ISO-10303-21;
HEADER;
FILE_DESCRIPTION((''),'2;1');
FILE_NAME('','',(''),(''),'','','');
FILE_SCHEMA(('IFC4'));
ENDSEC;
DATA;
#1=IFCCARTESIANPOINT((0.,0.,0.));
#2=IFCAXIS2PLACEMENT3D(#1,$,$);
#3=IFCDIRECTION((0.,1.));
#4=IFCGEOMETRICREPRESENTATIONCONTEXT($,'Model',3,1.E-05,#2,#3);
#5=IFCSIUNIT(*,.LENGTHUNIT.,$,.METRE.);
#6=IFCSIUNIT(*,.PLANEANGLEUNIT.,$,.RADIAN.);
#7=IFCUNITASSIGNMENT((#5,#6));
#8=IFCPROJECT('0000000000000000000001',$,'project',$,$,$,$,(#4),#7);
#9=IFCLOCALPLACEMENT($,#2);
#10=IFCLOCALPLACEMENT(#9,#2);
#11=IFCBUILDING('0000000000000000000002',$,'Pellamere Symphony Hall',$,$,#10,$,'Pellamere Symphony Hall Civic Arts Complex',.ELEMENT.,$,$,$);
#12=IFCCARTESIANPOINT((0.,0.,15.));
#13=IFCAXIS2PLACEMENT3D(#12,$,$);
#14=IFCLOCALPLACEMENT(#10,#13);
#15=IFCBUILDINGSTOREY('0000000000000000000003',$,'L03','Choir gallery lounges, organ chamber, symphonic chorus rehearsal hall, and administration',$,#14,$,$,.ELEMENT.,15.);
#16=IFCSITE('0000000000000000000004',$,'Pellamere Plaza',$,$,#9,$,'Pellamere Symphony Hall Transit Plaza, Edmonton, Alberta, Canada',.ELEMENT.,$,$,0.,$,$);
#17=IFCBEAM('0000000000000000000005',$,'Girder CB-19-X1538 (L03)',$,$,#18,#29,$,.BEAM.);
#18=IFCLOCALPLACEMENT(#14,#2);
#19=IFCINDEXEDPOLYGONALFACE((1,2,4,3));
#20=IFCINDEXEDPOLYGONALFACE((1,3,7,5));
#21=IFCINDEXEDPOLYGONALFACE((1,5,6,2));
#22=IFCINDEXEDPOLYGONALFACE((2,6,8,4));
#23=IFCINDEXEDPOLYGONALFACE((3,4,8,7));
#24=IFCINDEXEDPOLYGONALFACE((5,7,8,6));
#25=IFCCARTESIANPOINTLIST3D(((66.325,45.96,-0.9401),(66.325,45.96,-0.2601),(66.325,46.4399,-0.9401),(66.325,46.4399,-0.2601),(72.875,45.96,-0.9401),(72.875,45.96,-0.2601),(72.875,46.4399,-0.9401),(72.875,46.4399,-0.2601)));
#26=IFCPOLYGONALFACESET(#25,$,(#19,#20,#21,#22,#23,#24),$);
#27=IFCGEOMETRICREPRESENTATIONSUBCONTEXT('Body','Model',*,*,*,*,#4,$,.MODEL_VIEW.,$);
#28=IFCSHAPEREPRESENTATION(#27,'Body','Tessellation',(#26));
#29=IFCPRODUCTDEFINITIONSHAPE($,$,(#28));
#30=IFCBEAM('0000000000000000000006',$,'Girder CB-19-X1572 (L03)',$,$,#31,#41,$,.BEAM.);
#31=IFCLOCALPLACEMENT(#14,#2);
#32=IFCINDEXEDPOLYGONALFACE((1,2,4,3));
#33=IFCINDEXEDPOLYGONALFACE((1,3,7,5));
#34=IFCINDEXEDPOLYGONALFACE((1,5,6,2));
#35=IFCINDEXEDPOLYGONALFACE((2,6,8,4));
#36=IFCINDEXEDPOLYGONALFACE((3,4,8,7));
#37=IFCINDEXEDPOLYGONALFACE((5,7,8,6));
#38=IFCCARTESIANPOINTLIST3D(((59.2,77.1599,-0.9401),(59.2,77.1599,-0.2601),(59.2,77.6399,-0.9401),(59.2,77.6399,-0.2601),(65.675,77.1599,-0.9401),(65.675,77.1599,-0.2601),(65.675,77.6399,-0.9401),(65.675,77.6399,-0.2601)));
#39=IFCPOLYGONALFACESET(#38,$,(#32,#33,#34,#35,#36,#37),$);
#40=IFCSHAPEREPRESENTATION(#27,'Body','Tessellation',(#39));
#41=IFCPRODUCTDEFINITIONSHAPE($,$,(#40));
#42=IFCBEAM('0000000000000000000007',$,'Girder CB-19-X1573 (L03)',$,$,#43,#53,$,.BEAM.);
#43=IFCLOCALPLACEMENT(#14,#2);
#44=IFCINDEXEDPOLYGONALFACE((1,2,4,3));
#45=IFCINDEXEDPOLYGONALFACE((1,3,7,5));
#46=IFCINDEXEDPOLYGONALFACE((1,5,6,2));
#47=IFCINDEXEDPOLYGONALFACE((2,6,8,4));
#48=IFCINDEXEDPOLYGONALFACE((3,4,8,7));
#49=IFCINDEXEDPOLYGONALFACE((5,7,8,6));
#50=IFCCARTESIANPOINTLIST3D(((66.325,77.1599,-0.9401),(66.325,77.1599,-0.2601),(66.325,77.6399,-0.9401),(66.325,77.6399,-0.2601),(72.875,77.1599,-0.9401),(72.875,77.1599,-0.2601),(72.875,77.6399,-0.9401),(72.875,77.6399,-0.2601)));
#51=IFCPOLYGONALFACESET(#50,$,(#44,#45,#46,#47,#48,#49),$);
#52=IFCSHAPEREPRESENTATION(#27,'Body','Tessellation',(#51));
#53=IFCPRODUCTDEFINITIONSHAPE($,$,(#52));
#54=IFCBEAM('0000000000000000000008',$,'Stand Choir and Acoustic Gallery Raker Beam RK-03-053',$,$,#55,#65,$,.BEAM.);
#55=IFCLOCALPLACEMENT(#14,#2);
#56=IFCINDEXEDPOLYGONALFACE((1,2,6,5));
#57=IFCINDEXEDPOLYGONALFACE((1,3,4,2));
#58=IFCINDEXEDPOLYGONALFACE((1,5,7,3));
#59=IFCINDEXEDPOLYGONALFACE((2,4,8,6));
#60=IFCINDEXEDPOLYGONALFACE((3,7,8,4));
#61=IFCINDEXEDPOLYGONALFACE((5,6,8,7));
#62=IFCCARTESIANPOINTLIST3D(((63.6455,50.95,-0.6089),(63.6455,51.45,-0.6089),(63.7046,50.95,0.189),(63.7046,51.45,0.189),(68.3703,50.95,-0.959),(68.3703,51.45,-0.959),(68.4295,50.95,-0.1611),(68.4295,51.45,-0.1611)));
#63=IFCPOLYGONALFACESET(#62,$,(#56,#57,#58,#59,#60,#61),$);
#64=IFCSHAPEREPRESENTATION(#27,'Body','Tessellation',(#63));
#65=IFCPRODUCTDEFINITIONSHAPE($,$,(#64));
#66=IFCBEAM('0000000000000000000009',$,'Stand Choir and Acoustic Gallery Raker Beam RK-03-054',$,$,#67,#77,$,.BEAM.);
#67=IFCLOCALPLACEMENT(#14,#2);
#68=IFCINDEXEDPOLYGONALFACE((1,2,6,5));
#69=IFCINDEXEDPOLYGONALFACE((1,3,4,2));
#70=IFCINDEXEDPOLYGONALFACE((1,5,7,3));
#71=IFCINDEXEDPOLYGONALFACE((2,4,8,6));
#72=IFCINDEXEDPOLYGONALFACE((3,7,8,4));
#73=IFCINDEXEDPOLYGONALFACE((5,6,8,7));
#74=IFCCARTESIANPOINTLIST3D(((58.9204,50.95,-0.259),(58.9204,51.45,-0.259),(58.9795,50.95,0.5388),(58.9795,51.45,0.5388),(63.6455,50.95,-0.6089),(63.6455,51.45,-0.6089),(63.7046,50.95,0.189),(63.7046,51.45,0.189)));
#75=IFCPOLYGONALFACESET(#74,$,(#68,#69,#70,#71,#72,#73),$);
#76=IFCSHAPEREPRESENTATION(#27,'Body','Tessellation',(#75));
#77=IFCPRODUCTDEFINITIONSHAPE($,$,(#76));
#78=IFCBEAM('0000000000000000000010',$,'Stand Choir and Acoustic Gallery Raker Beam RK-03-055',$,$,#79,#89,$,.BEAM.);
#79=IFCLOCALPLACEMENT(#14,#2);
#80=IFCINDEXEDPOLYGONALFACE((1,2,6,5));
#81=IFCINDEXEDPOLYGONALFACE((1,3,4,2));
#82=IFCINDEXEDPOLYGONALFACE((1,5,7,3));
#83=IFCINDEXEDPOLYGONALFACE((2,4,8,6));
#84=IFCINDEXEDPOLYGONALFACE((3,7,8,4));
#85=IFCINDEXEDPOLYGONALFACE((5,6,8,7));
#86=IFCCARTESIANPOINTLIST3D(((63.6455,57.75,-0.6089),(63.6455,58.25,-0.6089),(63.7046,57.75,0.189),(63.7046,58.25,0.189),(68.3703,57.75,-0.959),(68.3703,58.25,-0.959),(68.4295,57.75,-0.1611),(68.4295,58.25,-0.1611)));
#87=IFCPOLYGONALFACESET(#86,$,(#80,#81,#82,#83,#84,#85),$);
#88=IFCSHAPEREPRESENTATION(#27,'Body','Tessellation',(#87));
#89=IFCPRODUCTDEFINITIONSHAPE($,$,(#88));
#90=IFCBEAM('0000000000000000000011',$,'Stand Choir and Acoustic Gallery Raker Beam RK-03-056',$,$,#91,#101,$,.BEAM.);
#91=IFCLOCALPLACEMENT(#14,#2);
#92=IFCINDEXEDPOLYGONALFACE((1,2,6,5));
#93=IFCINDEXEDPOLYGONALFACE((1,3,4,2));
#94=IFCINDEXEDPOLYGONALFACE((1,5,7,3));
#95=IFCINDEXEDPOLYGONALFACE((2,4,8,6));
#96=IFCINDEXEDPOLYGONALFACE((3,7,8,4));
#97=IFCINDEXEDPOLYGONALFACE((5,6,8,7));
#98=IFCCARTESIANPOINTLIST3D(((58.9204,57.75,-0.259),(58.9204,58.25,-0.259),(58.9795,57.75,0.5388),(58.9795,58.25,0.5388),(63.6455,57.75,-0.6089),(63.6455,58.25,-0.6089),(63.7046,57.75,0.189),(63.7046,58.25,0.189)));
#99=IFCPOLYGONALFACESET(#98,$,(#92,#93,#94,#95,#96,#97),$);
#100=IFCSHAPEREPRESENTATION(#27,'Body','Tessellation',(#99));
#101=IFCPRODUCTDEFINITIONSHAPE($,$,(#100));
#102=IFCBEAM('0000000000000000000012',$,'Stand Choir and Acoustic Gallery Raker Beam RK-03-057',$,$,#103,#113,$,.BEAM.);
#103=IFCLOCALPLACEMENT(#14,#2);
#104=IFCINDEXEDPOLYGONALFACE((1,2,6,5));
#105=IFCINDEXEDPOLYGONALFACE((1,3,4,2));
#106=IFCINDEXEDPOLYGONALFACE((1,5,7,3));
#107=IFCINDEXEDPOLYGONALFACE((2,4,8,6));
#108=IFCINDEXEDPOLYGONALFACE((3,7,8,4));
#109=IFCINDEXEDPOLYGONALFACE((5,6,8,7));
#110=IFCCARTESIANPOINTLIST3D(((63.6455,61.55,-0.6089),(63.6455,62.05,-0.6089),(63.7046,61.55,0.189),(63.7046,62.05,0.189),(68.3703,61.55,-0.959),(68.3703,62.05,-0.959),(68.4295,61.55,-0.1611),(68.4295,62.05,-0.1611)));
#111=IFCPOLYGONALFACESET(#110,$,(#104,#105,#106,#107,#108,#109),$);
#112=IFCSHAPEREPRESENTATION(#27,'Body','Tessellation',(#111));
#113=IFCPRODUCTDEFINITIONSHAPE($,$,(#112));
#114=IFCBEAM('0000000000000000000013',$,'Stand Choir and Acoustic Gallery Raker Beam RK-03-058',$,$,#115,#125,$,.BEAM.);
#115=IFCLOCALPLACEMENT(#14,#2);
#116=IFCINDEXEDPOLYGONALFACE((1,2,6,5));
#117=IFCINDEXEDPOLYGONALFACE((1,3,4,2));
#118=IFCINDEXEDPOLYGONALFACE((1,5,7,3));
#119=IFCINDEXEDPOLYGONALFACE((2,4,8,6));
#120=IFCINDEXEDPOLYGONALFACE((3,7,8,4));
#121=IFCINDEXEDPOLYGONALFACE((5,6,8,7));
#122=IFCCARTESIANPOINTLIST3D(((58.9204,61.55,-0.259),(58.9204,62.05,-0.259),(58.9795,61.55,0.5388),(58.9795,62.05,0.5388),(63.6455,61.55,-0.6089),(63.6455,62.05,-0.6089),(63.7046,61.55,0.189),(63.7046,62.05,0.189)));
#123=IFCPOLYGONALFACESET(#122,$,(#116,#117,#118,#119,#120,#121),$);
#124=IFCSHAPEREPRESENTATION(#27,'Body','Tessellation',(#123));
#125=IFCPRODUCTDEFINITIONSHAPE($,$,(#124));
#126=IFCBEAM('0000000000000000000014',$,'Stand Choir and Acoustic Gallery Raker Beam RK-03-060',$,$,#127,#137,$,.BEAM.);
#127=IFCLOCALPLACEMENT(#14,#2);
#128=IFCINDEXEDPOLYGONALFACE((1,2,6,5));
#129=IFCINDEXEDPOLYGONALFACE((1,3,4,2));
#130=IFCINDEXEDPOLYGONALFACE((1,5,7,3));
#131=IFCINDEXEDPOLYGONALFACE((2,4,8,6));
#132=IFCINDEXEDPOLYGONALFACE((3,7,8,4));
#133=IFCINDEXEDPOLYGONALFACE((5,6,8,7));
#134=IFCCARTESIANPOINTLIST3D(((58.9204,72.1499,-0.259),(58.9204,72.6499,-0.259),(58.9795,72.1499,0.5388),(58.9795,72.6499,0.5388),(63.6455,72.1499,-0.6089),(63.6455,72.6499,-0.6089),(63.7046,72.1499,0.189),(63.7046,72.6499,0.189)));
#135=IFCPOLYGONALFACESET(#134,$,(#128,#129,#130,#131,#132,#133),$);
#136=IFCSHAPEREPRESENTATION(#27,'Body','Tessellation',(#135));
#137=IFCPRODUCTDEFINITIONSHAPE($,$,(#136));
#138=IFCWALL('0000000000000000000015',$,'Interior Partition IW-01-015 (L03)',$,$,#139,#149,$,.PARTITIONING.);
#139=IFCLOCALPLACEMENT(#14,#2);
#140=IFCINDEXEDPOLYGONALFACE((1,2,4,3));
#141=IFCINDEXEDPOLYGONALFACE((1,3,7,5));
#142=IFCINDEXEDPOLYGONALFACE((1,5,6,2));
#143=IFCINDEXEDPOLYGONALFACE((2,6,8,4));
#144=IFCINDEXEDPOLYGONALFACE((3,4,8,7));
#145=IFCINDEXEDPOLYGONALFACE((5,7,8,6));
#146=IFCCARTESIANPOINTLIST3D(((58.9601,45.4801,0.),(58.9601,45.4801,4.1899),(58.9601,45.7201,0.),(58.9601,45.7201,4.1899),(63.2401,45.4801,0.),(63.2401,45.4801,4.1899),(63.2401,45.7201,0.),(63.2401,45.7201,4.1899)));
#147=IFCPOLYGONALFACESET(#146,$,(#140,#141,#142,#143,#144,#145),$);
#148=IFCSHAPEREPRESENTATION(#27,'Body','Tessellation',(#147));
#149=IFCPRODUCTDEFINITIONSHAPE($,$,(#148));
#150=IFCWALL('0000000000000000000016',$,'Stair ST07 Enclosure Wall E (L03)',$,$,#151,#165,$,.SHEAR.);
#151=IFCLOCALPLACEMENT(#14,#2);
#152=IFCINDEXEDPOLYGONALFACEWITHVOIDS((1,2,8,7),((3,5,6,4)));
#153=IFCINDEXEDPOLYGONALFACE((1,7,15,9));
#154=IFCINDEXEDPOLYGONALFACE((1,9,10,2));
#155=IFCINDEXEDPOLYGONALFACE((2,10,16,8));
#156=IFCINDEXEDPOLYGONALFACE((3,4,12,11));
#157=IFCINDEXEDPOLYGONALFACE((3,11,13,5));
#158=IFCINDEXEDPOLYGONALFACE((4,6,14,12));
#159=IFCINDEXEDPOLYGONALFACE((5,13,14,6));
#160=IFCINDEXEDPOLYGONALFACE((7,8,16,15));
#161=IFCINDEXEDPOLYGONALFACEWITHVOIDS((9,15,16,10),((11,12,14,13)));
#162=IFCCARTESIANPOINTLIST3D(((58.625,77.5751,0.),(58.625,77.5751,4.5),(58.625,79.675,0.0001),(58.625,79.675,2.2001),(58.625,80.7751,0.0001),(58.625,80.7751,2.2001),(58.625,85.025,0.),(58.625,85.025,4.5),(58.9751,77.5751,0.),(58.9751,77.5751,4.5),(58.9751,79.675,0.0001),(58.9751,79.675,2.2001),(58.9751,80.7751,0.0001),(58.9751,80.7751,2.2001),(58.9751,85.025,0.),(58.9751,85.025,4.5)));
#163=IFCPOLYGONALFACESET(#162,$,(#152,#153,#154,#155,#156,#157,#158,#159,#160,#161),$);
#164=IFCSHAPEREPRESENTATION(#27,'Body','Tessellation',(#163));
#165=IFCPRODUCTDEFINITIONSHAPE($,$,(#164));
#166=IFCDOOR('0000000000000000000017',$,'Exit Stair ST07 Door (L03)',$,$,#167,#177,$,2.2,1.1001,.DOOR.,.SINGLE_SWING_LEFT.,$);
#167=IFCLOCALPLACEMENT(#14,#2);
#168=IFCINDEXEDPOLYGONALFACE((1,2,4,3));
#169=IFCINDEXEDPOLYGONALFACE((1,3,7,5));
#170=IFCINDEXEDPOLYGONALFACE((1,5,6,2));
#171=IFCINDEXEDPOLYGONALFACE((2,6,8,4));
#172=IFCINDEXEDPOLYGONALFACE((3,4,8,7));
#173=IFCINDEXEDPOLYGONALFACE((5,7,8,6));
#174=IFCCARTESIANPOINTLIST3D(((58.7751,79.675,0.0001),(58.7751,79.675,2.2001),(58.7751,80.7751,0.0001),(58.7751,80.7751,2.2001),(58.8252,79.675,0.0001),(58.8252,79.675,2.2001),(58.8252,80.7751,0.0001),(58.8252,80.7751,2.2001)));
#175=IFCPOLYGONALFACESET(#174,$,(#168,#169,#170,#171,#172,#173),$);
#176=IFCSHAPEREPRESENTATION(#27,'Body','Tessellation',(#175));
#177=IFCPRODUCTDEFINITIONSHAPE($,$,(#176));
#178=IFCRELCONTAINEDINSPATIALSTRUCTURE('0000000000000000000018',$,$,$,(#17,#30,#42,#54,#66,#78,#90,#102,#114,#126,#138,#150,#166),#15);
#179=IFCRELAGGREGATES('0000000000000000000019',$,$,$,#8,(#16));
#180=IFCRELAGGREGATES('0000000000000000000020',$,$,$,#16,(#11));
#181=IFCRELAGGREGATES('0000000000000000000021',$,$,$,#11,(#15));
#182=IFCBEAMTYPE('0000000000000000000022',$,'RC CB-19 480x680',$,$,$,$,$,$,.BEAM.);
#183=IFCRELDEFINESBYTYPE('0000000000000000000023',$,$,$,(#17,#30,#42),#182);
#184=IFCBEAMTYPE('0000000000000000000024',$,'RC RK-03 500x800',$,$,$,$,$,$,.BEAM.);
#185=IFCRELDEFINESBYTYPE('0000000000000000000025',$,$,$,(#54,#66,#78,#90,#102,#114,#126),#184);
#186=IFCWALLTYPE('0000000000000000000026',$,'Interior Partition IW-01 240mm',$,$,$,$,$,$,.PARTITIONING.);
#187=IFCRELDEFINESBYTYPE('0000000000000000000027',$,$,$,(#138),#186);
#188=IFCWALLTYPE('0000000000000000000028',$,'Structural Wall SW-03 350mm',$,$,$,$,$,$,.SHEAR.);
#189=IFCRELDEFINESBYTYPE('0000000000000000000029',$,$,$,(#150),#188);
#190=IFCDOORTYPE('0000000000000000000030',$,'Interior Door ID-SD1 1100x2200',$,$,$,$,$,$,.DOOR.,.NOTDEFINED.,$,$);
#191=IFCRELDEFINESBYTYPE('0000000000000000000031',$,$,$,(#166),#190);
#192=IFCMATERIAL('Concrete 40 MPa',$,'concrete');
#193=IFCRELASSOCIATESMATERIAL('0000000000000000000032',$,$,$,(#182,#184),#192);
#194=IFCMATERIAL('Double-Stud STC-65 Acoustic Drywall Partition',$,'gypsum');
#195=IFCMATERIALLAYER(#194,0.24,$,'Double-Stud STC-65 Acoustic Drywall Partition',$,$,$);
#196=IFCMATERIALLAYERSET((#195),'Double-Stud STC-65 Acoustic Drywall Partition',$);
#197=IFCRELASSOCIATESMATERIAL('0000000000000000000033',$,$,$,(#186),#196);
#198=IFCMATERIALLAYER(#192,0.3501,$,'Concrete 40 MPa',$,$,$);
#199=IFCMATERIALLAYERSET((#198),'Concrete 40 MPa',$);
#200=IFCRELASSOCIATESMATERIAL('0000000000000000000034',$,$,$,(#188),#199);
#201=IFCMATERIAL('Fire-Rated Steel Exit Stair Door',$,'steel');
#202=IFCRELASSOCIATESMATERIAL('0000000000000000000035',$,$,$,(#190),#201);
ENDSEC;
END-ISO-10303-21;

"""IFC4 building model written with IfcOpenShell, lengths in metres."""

from ifc_helpers import new_model, si_unit, direction, frame, frame_2d, origin, origin_2d, place, context, subcontext, project, spatial, rectangle, extrude, material, layer, layer_set, material_profile, profile_set, type_object, element, fill, save


model = new_model("IFC4")

# Units and contexts
model_context = context("Model", 3, precision=1e-05, world=origin(), true_north=direction((0.0, 1.0)))
body_context = subcontext(model_context, "Body", "Model", "MODEL_VIEW")
ifc_project = project(units=[si_unit("LENGTHUNIT", "METRE"), si_unit("PLANEANGLEUNIT", "RADIAN")], contexts=[model_context])

# Site, building, storey
site_placement = place(None, origin())
site = spatial("IfcSite", under=ifc_project, at=site_placement, Name="Pellamere Plaza", LongName="Pellamere Symphony Hall Transit Plaza, Edmonton, Alberta, Canada", CompositionType="ELEMENT", RefElevation=0.0)
building_placement = place(site_placement, origin())
building = spatial("IfcBuilding", under=site, at=building_placement, Name="Pellamere Symphony Hall", LongName="Pellamere Symphony Hall Civic Arts Complex", CompositionType="ELEMENT")
storey_placement = place(building_placement, frame((0.0, 0.0, 15.0)))
storey = spatial("IfcBuildingStorey", under=building, at=storey_placement, Name="L03", Description="Choir gallery lounges, organ chamber, symphonic chorus rehearsal hall, and administration", CompositionType="ELEMENT", Elevation=15.0)

# Shared definitions
ifc_material_1 = material(Name="Concrete 40 MPa", Category="concrete")

# Beams
ifc_material_profile_1 = material_profile(ifc_material_1, rectangle(XDim=0.48, YDim=0.6799, at=origin_2d()), Name="RC 480x680")
ifc_profile_set_1 = profile_set([ifc_material_profile_1], Name="Concrete 40 MPa")
beam_type_1 = type_object("IfcBeamType", Name="RC CB-19 480x680", PredefinedType="BEAM", material=ifc_profile_set_1)
beam_1_placement = place(storey_placement, frame((66.325, 46.2, -0.6001), z_axis=(1.0, 0.0, 0.0), x_axis=(0.0, 1.0, 0.0)))
element("IfcBeam", 1, at=beam_1_placement, inside=storey, type_object=beam_type_1, Name="Girder CB-19-X1538 (L03)", PredefinedType="BEAM", context=body_context, shape_type="SweptSolid", body=[
    extrude(rectangle(XDim=0.48, YDim=0.6799, at=origin_2d()), origin(), (0.0, 0.0, 1.0), 6.55),
])
beam_2_placement = place(storey_placement, frame((59.2, 77.3999, -0.6001), z_axis=(1.0, 0.0, 0.0), x_axis=(0.0, 1.0, 0.0)))
element("IfcBeam", 2, at=beam_2_placement, inside=storey, type_object=beam_type_1, Name="Girder CB-19-X1572 (L03)", PredefinedType="BEAM", context=body_context, shape_type="SweptSolid", body=[
    extrude(rectangle(XDim=0.48, YDim=0.6799, at=origin_2d()), origin(), (0.0, 0.0, 1.0), 6.4751),
])
beam_3_placement = place(storey_placement, frame((66.325, 77.3999, -0.6001), z_axis=(1.0, 0.0, 0.0), x_axis=(0.0, 1.0, 0.0)))
element("IfcBeam", 3, at=beam_3_placement, inside=storey, type_object=beam_type_1, Name="Girder CB-19-X1573 (L03)", PredefinedType="BEAM", context=body_context, shape_type="SweptSolid", body=[
    extrude(rectangle(XDim=0.48, YDim=0.6799, at=origin_2d()), origin(), (0.0, 0.0, 1.0), 6.55),
])
ifc_material_profile_2 = material_profile(ifc_material_1, rectangle(XDim=0.5, YDim=0.8, at=origin_2d()), Name="RC 500x800")
ifc_profile_set_2 = profile_set([ifc_material_profile_2], Name="Concrete 40 MPa")
beam_type_2 = type_object("IfcBeamType", Name="RC RK-03 500x800", PredefinedType="BEAM", material=ifc_profile_set_2)
beam_4_placement = place(storey_placement, frame((68.3999, 51.2, -0.5601), z_axis=(-0.997266, 0.0, 0.073894), x_axis=(0.0, -1.0, 0.0)))
element("IfcBeam", 4, at=beam_4_placement, inside=storey, type_object=beam_type_2, Name="Stand Choir and Acoustic Gallery Raker Beam RK-03-053", PredefinedType="BEAM", context=body_context, shape_type="SweptSolid", body=[
    extrude(rectangle(XDim=0.5, YDim=0.8, at=origin_2d()), origin(), (0.0, 0.0, 1.0), 4.7378),
])
beam_5_placement = place(storey_placement, frame((63.675, 51.2, -0.21), z_axis=(-0.99727, 0.0, 0.073839), x_axis=(0.0, -1.0, 0.0)))
element("IfcBeam", 5, at=beam_5_placement, inside=storey, type_object=beam_type_2, Name="Stand Choir and Acoustic Gallery Raker Beam RK-03-054", PredefinedType="BEAM", context=body_context, shape_type="SweptSolid", body=[
    extrude(rectangle(XDim=0.5, YDim=0.8, at=origin_2d()), origin(), (0.0, 0.0, 1.0), 4.738),
])
beam_6_placement = place(storey_placement, frame((68.3999, 58.0, -0.5601), z_axis=(-0.997266, 0.0, 0.073894), x_axis=(0.0, -1.0, 0.0)))
element("IfcBeam", 6, at=beam_6_placement, inside=storey, type_object=beam_type_2, Name="Stand Choir and Acoustic Gallery Raker Beam RK-03-055", PredefinedType="BEAM", context=body_context, shape_type="SweptSolid", body=[
    extrude(rectangle(XDim=0.5, YDim=0.8, at=origin_2d()), origin(), (0.0, 0.0, 1.0), 4.7378),
])
beam_7_placement = place(storey_placement, frame((63.675, 58.0, -0.21), z_axis=(-0.99727, 0.0, 0.073839), x_axis=(0.0, -1.0, 0.0)))
element("IfcBeam", 7, at=beam_7_placement, inside=storey, type_object=beam_type_2, Name="Stand Choir and Acoustic Gallery Raker Beam RK-03-056", PredefinedType="BEAM", context=body_context, shape_type="SweptSolid", body=[
    extrude(rectangle(XDim=0.5, YDim=0.8, at=origin_2d()), origin(), (0.0, 0.0, 1.0), 4.738),
])
beam_8_placement = place(storey_placement, frame((68.3999, 61.8, -0.5601), z_axis=(-0.997266, 0.0, 0.073894), x_axis=(0.0, -1.0, 0.0)))
element("IfcBeam", 8, at=beam_8_placement, inside=storey, type_object=beam_type_2, Name="Stand Choir and Acoustic Gallery Raker Beam RK-03-057", PredefinedType="BEAM", context=body_context, shape_type="SweptSolid", body=[
    extrude(rectangle(XDim=0.5, YDim=0.8, at=origin_2d()), origin(), (0.0, 0.0, 1.0), 4.7378),
])
for number, where, z_axis, x_axis, name in (
    (9, (63.675, 61.8, -0.21), (-0.99727, 0.0, 0.073839), (0.0, -1.0, 0.0), "Stand Choir and Acoustic Gallery Raker Beam RK-03-058"),
    (10, (63.675, 72.3999, -0.21), (-0.99727, 0.0, 0.073839), (0.0, -1.0, 0.0), "Stand Choir and Acoustic Gallery Raker Beam RK-03-060"),
):
    element("IfcBeam", number, at=place(storey_placement, frame(where, z_axis=z_axis, x_axis=x_axis)), inside=storey, type_object=beam_type_2, Name=name, PredefinedType="BEAM", context=body_context, shape_type="SweptSolid", body=[
        extrude(rectangle(XDim=0.5, YDim=0.8, at=origin_2d()), origin(), (0.0, 0.0, 1.0), 4.738),
    ])

# Wall
ifc_material_2 = material(Name="Double-Stud STC-65 Acoustic Drywall Partition", Category="gypsum")
ifc_layer_1 = layer(ifc_material_2, 0.24, Name="Double-Stud STC-65 Acoustic Drywall Partition")
ifc_layer_set_1 = layer_set([ifc_layer_1], Name="Double-Stud STC-65 Acoustic Drywall Partition")
wall_type_1 = type_object("IfcWallType", Name="Interior Partition IW-01 240mm", PredefinedType="PARTITIONING", material=ifc_layer_set_1)
wall_1_placement = place(storey_placement, frame((58.96, 45.6001, 0.0), z_axis=(0.0, 0.0, 1.0), x_axis=(1.0, 0.0, 0.0)))
element("IfcWall", 11, at=wall_1_placement, inside=storey, type_object=wall_type_1, Name="Interior Partition IW-01-015 (L03)", PredefinedType="PARTITIONING", context=body_context, shape_type="SweptSolid", body=[
    extrude(rectangle(XDim=4.28, YDim=0.24, at=frame_2d((2.1401, 0.0))), origin(), (0.0, 0.0, 1.0), 4.1899),
])

# Wall, opening, door
ifc_layer_2 = layer(ifc_material_1, 0.3501, Name="Concrete 40 MPa")
ifc_layer_set_2 = layer_set([ifc_layer_2], Name="Concrete 40 MPa")
wall_type_2 = type_object("IfcWallType", Name="Structural Wall SW-03 350mm", PredefinedType="SHEAR", material=ifc_layer_set_2)
wall_2_placement = place(storey_placement, frame((58.8, 77.575, 0.0), z_axis=(0.0, 0.0, 1.0), x_axis=(0.0, 1.0, 0.0)))
wall_2 = element("IfcWall", 12, at=wall_2_placement, inside=storey, type_object=wall_type_2, Name="Stair ST07 Enclosure Wall E (L03)", PredefinedType="SHEAR", context=body_context, shape_type="SweptSolid", body=[
    extrude(rectangle(XDim=7.45, YDim=0.3501, at=frame_2d((3.7251, 0.0))), origin(), (0.0, 0.0, 1.0), 4.5),
])
opening_1_placement = place(wall_2_placement, frame((2.1001, 0.0, 0.0)))
opening_1 = element("IfcOpeningElement", 13, at=opening_1_placement, cuts=wall_2, PredefinedType="OPENING", context=body_context, shape_type="SweptSolid", body=[
    extrude(rectangle(XDim=1.1001, YDim=2.2, at=frame_2d((0.55, 1.1001))), frame((0.0, 0.1851, 0.0), z_axis=(0.0, -1.0, 0.0), x_axis=(1.0, 0.0, 0.0)), (0.0, 0.0, 1.0), 0.3701),
])
ifc_material_3 = material(Name="Fire-Rated Steel Exit Stair Door", Category="steel")
door_type_1 = type_object("IfcDoorType", Name="Interior Door ID-SD1 1100x2200", OperationType="NOTDEFINED", PredefinedType="DOOR", material=ifc_material_3)
door_1_placement = place(opening_1_placement, origin())
door_1 = element("IfcDoor", 14, at=door_1_placement, inside=storey, type_object=door_type_1, Name="Exit Stair ST07 Door (L03)", OperationType="SINGLE_SWING_LEFT", OverallHeight=2.2, OverallWidth=1.1001, PredefinedType="DOOR", context=body_context, shape_type="SweptSolid", body=[
    extrude(rectangle(XDim=1.1001, YDim=2.2, at=frame_2d((0.55, 1.1001))), frame((0.0, 0.0249, 0.0), z_axis=(0.0, -1.0, 0.0), x_axis=(1.0, 0.0, 0.0)), (0.0, 0.0, 1.0), 0.05),
])
fill(opening_1, door_1)

save(model, "model.ifc")
